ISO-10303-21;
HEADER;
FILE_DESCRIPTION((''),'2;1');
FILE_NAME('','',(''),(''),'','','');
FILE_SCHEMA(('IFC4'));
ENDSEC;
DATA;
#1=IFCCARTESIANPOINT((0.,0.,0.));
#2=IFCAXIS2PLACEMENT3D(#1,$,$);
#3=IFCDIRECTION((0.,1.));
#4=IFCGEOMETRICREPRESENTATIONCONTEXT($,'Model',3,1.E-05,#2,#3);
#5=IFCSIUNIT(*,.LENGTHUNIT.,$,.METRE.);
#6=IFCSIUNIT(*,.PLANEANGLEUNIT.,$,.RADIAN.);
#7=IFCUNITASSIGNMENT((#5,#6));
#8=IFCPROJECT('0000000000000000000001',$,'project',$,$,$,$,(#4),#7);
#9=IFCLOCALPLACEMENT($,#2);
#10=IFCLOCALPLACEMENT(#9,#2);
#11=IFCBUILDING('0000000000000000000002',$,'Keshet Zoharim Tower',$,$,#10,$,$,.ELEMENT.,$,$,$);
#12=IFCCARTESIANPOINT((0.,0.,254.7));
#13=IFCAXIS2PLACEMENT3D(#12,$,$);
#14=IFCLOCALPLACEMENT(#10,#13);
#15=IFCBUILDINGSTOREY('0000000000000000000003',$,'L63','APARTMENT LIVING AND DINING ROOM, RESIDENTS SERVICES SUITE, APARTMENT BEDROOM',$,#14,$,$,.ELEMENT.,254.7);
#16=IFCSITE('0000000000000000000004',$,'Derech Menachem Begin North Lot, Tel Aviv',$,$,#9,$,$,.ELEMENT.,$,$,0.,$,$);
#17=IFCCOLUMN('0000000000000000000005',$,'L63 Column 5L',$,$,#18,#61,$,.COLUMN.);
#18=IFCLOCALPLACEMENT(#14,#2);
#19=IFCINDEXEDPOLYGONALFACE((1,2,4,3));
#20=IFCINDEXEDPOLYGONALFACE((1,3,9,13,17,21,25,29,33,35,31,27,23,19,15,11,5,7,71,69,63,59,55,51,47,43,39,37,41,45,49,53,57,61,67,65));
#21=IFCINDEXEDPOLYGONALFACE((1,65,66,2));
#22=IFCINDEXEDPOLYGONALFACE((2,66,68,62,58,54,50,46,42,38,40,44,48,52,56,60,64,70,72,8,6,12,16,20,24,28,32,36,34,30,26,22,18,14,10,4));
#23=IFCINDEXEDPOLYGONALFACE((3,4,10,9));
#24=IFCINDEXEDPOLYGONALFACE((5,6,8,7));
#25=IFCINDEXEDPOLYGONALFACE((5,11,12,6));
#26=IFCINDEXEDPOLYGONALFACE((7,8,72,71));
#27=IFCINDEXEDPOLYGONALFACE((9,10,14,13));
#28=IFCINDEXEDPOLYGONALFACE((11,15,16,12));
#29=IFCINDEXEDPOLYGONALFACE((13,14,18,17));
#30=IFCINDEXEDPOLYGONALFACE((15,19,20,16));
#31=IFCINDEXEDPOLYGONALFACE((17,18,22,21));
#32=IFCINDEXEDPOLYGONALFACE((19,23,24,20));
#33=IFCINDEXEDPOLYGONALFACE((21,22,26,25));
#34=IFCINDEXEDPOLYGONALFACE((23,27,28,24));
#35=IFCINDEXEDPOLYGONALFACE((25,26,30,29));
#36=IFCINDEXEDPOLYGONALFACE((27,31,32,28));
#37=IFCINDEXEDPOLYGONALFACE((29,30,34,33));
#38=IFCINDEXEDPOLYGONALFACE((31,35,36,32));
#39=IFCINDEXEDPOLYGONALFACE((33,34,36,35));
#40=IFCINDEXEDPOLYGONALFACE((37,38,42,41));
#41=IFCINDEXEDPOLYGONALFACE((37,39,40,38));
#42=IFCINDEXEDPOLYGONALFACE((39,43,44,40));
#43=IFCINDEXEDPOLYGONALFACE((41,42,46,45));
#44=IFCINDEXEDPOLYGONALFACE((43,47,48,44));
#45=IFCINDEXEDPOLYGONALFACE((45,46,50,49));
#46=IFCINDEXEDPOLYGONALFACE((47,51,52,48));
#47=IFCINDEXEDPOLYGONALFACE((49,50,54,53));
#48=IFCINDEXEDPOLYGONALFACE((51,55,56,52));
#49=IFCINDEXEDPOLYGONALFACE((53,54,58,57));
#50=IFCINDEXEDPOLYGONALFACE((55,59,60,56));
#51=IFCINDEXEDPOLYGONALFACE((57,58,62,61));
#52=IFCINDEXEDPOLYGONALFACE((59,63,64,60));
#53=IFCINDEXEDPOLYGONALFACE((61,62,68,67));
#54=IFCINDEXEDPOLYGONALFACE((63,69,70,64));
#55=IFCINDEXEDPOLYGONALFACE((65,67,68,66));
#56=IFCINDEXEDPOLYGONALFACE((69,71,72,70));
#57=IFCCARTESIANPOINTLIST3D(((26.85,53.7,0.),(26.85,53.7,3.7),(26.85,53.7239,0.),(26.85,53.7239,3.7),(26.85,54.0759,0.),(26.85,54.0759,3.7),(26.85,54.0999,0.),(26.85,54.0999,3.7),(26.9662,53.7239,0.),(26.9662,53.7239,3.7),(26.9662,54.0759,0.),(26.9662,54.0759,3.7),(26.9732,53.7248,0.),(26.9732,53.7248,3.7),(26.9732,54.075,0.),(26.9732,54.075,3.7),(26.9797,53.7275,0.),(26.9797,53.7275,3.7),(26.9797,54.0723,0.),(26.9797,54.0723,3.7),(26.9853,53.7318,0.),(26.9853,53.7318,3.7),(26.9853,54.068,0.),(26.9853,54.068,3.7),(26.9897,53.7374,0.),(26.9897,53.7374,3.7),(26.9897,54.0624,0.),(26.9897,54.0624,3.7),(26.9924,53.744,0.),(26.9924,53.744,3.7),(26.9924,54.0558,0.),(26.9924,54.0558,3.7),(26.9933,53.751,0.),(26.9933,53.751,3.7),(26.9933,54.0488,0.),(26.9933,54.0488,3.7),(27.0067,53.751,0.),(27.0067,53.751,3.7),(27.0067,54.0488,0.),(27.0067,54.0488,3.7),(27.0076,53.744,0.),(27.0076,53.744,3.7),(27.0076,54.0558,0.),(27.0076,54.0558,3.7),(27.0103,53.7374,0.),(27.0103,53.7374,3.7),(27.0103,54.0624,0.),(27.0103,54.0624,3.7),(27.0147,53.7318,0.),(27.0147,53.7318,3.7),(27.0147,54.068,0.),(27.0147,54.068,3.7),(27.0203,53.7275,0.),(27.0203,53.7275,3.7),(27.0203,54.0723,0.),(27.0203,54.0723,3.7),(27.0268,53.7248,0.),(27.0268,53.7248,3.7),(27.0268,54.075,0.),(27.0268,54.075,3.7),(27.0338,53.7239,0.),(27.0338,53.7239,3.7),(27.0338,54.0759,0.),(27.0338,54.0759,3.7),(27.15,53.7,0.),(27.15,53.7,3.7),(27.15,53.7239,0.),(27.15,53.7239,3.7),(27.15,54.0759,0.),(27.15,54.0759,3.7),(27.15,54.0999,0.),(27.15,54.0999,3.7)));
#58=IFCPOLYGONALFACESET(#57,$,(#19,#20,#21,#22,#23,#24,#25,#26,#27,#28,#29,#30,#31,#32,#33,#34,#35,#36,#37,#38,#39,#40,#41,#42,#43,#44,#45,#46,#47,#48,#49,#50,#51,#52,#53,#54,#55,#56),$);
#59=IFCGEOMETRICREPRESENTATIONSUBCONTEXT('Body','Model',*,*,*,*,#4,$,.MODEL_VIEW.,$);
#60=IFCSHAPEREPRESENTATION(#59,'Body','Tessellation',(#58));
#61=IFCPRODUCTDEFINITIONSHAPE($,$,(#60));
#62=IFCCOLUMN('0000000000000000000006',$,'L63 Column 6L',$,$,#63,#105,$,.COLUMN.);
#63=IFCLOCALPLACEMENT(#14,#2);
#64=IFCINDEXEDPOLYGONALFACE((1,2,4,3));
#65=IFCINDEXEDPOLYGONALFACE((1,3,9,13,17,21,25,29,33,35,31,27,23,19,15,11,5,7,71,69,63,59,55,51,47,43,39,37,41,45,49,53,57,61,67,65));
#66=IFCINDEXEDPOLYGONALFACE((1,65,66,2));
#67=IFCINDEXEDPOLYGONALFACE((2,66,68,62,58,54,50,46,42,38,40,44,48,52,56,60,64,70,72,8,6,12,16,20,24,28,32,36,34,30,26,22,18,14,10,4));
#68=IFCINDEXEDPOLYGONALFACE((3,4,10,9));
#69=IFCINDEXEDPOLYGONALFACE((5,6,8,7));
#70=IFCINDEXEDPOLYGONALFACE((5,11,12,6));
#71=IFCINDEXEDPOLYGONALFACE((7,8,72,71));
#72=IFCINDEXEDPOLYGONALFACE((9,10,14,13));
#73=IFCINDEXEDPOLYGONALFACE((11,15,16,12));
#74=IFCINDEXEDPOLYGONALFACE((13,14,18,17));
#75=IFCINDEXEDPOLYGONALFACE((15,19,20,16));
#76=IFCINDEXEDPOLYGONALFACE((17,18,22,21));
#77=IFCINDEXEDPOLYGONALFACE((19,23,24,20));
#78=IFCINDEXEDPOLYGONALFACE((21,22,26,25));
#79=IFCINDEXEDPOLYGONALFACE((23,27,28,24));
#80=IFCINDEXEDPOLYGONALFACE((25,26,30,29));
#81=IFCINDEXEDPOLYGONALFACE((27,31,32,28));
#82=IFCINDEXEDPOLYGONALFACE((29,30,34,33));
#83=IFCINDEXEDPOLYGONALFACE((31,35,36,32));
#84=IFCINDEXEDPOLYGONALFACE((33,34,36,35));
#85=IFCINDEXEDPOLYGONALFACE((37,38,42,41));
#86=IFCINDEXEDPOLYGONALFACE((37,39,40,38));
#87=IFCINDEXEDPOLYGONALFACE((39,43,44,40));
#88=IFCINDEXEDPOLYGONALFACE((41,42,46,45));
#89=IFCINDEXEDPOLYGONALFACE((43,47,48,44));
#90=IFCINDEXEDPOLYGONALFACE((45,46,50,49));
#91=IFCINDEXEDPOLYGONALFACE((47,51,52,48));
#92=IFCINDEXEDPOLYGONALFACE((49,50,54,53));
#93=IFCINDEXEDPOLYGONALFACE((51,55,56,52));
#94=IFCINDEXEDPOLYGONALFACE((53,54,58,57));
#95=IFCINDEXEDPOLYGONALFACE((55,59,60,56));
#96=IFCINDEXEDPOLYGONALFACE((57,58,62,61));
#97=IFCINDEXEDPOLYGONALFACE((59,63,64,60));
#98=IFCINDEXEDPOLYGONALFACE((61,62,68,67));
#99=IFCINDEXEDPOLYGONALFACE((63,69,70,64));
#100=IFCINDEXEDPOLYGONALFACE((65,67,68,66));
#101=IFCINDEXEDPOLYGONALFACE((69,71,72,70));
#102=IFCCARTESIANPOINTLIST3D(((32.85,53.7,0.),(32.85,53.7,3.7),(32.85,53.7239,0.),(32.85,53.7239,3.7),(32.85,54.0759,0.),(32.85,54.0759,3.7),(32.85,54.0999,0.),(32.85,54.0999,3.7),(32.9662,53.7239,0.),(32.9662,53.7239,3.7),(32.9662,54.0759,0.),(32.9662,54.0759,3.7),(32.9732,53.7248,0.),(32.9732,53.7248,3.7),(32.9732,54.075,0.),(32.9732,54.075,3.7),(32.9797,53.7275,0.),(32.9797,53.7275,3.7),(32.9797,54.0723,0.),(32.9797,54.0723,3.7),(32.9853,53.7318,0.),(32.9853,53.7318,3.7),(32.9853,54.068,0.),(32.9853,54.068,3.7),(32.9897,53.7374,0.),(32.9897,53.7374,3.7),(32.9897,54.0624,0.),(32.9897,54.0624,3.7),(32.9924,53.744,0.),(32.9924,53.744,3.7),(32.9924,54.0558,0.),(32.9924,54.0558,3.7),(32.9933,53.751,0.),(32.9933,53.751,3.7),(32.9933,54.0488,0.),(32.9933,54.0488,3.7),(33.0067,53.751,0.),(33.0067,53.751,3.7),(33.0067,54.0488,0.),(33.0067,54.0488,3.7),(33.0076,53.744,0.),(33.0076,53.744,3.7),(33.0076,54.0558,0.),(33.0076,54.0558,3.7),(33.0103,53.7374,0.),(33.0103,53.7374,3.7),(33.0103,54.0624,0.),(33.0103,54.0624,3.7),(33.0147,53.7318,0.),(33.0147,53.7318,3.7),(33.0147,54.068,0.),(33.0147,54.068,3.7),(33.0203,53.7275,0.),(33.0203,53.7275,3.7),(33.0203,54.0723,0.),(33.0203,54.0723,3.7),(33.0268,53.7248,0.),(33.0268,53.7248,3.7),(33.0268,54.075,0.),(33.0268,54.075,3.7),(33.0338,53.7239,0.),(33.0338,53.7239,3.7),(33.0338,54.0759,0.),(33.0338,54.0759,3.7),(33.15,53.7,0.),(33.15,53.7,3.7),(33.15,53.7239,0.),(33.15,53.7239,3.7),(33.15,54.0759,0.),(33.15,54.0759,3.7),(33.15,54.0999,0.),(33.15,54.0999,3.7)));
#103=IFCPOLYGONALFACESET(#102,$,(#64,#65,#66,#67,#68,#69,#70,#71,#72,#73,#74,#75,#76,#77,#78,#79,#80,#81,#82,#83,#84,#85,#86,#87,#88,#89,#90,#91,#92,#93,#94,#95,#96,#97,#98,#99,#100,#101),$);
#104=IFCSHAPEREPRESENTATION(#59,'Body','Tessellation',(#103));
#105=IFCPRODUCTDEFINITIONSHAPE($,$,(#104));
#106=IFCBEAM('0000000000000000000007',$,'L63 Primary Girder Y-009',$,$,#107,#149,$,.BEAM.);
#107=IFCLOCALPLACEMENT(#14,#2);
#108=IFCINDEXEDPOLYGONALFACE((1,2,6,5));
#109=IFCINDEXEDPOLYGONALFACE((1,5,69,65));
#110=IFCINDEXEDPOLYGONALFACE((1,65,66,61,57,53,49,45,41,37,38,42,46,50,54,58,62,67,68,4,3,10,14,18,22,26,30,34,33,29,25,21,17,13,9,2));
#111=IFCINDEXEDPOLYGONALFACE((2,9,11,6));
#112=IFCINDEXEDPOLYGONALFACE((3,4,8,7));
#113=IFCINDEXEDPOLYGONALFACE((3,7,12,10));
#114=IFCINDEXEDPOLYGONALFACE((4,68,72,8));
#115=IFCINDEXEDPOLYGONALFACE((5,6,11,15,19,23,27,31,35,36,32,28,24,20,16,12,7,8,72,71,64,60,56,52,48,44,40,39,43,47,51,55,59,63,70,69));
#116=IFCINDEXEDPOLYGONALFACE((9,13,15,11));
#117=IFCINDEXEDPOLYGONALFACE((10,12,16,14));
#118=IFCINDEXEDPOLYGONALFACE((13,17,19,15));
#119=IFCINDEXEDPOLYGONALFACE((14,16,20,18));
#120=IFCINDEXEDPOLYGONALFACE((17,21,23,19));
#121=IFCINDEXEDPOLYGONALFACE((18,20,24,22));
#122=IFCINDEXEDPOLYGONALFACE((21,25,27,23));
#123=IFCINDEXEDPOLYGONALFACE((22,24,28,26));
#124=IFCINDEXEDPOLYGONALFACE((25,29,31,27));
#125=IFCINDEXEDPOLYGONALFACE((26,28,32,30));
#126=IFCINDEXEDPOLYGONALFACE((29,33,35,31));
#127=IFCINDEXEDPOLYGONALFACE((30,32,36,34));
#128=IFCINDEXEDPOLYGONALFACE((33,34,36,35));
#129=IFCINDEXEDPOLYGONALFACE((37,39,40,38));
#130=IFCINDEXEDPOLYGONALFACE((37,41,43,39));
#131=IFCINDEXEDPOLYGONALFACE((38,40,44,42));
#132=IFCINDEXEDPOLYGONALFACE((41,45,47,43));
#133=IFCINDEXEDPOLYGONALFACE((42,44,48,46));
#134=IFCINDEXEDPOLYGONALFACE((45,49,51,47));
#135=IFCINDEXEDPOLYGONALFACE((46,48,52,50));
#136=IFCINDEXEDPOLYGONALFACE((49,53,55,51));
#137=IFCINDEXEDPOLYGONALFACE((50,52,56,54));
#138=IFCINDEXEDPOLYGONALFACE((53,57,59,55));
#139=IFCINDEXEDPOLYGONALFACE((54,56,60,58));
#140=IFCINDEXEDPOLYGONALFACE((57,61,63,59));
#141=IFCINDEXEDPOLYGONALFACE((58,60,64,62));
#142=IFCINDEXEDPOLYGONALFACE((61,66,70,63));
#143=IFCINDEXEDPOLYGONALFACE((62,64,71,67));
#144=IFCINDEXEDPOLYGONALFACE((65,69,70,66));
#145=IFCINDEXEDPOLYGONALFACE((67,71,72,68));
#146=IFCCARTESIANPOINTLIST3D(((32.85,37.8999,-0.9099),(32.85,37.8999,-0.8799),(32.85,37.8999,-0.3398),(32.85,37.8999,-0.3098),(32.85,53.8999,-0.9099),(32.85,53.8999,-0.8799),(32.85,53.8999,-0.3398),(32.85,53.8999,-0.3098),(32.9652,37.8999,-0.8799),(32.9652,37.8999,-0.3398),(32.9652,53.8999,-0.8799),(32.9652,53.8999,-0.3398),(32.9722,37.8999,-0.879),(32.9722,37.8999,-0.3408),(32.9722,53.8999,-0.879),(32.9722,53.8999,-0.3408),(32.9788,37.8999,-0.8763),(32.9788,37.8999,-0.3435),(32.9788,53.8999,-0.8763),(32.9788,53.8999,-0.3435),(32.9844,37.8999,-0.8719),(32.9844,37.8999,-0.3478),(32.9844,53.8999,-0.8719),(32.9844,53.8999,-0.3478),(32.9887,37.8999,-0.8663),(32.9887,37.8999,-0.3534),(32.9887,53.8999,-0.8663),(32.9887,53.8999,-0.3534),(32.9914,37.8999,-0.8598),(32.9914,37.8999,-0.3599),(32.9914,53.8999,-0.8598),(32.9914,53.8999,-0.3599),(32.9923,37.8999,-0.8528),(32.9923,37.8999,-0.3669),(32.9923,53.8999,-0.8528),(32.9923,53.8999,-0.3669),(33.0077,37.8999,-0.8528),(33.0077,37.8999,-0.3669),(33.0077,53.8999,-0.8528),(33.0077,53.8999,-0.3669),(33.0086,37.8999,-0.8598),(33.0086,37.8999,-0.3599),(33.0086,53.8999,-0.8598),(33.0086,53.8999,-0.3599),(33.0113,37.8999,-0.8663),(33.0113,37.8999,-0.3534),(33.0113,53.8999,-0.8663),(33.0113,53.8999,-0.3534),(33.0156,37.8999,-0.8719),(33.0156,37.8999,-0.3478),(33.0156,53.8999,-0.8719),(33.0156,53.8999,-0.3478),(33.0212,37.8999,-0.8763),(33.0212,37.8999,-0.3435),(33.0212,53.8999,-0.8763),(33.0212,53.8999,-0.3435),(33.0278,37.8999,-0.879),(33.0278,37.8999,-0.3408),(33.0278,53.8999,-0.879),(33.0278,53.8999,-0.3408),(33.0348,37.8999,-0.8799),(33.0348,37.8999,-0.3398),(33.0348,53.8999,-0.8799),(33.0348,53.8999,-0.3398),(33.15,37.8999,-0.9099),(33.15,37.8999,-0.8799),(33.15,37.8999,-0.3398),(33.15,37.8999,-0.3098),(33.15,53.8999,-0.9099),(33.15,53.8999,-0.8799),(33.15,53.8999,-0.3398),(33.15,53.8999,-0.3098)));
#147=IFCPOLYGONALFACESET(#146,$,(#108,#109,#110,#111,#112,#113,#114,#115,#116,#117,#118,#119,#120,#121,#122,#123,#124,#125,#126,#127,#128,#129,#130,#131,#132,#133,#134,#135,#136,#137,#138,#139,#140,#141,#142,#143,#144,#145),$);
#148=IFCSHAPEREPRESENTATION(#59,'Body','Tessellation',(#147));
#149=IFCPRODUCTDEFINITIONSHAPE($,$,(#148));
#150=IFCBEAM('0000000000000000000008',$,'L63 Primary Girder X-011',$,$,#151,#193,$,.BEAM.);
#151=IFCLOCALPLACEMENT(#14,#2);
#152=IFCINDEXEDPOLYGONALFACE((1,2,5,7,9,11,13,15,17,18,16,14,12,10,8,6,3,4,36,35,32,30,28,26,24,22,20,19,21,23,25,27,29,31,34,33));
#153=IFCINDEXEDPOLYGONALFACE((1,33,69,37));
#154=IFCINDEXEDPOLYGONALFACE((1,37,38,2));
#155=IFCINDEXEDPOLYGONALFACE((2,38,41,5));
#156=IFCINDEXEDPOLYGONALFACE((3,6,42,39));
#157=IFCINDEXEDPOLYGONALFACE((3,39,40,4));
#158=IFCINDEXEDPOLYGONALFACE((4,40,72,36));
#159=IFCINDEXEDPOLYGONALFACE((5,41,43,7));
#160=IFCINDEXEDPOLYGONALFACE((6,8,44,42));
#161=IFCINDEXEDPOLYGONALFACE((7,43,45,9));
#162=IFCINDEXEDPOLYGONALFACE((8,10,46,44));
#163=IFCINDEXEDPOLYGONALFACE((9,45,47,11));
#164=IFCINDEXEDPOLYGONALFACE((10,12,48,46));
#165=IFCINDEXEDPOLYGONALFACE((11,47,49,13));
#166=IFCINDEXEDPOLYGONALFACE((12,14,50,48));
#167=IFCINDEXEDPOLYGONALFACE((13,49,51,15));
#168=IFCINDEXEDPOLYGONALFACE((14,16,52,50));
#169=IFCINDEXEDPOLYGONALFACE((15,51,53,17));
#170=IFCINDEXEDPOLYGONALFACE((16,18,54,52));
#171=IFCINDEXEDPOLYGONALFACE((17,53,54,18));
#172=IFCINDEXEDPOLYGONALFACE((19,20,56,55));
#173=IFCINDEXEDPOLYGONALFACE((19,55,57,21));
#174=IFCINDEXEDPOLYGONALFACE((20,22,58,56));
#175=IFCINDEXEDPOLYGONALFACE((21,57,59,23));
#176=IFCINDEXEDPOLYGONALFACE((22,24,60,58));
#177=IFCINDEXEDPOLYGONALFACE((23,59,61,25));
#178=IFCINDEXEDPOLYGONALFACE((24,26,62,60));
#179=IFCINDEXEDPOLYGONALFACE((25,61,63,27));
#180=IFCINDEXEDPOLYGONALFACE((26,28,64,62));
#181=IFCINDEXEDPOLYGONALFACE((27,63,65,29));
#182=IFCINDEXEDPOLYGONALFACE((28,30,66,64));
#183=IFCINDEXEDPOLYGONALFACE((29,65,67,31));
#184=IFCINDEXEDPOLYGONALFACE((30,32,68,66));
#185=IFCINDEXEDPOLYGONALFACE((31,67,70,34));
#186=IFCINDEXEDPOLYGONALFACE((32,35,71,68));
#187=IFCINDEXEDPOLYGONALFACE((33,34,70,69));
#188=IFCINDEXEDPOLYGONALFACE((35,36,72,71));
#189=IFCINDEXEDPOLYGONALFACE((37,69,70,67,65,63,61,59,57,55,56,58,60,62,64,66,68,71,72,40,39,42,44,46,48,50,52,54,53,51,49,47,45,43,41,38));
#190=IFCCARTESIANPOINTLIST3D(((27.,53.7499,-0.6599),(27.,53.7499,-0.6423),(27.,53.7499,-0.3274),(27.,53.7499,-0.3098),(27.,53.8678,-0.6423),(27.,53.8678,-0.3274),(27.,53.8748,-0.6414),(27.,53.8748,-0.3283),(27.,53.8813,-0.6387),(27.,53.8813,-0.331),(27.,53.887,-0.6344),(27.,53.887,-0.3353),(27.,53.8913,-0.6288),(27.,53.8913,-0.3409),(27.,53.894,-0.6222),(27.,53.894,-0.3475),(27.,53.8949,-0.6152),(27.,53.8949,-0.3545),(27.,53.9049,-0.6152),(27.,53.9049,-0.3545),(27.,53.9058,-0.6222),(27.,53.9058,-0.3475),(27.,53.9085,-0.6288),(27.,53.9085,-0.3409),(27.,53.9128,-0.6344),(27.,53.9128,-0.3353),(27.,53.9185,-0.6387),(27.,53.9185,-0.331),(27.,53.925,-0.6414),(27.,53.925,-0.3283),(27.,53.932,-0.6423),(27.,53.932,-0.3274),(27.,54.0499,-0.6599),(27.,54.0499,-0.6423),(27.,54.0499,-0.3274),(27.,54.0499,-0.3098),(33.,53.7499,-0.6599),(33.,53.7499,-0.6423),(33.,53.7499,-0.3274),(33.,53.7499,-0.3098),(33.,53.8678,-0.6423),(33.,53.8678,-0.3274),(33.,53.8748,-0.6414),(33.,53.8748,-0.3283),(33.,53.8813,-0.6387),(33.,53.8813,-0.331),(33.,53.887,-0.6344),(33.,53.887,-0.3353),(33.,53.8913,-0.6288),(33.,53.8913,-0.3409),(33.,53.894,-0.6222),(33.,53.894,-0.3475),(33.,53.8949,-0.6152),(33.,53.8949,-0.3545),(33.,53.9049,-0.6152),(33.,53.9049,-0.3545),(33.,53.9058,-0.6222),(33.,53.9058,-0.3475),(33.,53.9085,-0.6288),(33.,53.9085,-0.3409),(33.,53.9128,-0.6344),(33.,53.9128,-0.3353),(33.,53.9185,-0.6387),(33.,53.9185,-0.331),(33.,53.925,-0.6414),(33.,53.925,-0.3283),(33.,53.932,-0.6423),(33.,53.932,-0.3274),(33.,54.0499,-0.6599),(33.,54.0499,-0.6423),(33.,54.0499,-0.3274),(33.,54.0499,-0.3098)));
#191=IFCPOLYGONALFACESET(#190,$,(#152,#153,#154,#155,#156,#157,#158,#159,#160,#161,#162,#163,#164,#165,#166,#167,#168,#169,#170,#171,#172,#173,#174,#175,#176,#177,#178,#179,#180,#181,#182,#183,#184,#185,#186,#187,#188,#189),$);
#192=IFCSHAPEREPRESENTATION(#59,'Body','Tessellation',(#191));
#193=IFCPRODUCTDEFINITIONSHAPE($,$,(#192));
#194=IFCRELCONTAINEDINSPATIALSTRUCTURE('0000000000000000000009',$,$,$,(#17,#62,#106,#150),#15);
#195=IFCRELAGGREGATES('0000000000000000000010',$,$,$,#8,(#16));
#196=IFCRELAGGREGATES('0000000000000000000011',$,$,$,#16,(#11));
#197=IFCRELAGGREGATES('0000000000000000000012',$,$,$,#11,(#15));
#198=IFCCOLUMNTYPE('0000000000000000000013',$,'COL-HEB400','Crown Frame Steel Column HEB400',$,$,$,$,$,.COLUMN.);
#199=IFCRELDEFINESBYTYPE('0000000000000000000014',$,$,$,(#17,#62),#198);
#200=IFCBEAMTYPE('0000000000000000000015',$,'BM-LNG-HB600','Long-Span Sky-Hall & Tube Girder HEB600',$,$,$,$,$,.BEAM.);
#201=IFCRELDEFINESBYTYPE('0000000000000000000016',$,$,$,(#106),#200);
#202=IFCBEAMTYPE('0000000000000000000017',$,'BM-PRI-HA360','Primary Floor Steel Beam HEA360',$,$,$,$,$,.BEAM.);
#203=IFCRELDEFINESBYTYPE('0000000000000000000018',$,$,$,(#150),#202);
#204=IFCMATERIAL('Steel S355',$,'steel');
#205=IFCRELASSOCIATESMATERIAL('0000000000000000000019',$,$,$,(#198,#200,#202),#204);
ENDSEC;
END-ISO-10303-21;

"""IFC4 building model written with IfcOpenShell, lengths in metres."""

from ifc_helpers import new_model, si_unit, direction, frame, origin, origin_2d, place, context, subcontext, project, spatial, i_section, extrude, material, material_profile, profile_set, type_object, element, save


model = new_model("IFC4")

# Units and contexts
model_context = context("Model", 3, precision=1e-05, world=origin(), true_north=direction((0.0, 1.0)))
body_context = subcontext(model_context, "Body", "Model", "MODEL_VIEW")
ifc_project = project(units=[si_unit("LENGTHUNIT", "METRE"), si_unit("PLANEANGLEUNIT", "RADIAN")], contexts=[model_context])

# Site, building, storey
site_placement = place(None, origin())
site = spatial("IfcSite", under=ifc_project, at=site_placement, Name="Derech Menachem Begin North Lot, Tel Aviv", CompositionType="ELEMENT", RefElevation=0.0)
building_placement = place(site_placement, origin())
building = spatial("IfcBuilding", under=site, at=building_placement, Name="Keshet Zoharim Tower", CompositionType="ELEMENT")
storey_placement = place(building_placement, frame((0.0, 0.0, 254.7)))
storey = spatial("IfcBuildingStorey", under=building, at=storey_placement, Name="L63", Description="APARTMENT LIVING AND DINING ROOM, RESIDENTS SERVICES SUITE, APARTMENT BEDROOM", CompositionType="ELEMENT", Elevation=254.7)

# Columns
ifc_material_1 = material(Name="Steel S355", Category="steel")
ifc_material_profile_1 = material_profile(ifc_material_1, i_section(OverallWidth=0.3, OverallDepth=0.3999, WebThickness=0.0134, FlangeThickness=0.0239, FilletRadius=0.0271, at=origin_2d()), Name="HEB400")
ifc_profile_set_1 = profile_set([ifc_material_profile_1], Name="Steel S355")
column_type = type_object("IfcColumnType", Name="COL-HEB400", Description="Crown Frame Steel Column HEB400", PredefinedType="COLUMN", material=ifc_profile_set_1)
for number, where, z_axis, x_axis, name in (
    (1, (27.0, 53.8999, 0.0), (0.0, 0.0, 1.0), (1.0, 0.0, 0.0), "L63 Column 5L"),
    (2, (33.0, 53.8999, 0.0), (0.0, 0.0, 1.0), (1.0, 0.0, 0.0), "L63 Column 6L"),
):
    element("IfcColumn", number, at=place(storey_placement, frame(where, z_axis=z_axis, x_axis=x_axis)), inside=storey, type_object=column_type, Name=name, PredefinedType="COLUMN", context=body_context, shape_type="SweptSolid", body=[
        extrude(i_section(OverallWidth=0.3, OverallDepth=0.3999, WebThickness=0.0134, FlangeThickness=0.0239, FilletRadius=0.0271, at=origin_2d()), origin(), (0.0, 0.0, 1.0), 3.7),
    ])

# Beams
ifc_material_profile_2 = material_profile(ifc_material_1, i_section(OverallWidth=0.3, OverallDepth=0.6001, WebThickness=0.0154, FlangeThickness=0.03, FilletRadius=0.0271, at=origin_2d()), Name="HEB600")
ifc_profile_set_2 = profile_set([ifc_material_profile_2], Name="Steel S355")
beam_type_1 = type_object("IfcBeamType", Name="BM-LNG-HB600", Description="Long-Span Sky-Hall & Tube Girder HEB600", PredefinedType="BEAM", material=ifc_profile_set_2)
beam_1_placement = place(storey_placement, frame((33.0, 37.8999, -0.6099), z_axis=(0.0, 1.0, 0.0), x_axis=(-1.0, 0.0, 0.0)))
element("IfcBeam", 3, at=beam_1_placement, inside=storey, type_object=beam_type_1, Name="L63 Primary Girder Y-009", PredefinedType="BEAM", context=body_context, shape_type="SweptSolid", body=[
    extrude(i_section(OverallWidth=0.3, OverallDepth=0.6001, WebThickness=0.0154, FlangeThickness=0.03, FilletRadius=0.0271, at=origin_2d()), origin(), (0.0, 0.0, 1.0), 16.0),
])
ifc_material_profile_3 = material_profile(ifc_material_1, i_section(OverallWidth=0.3, OverallDepth=0.3501, WebThickness=0.01, FlangeThickness=0.0176, FilletRadius=0.0271, at=origin_2d()), Name="HEA360")
ifc_profile_set_3 = profile_set([ifc_material_profile_3], Name="Steel S355")
beam_type_2 = type_object("IfcBeamType", Name="BM-PRI-HA360", Description="Primary Floor Steel Beam HEA360", PredefinedType="BEAM", material=ifc_profile_set_3)
beam_2_placement = place(storey_placement, frame((27.0, 53.8999, -0.4849), z_axis=(1.0, 0.0, 0.0), x_axis=(0.0, 1.0, 0.0)))
element("IfcBeam", 4, at=beam_2_placement, inside=storey, type_object=beam_type_2, Name="L63 Primary Girder X-011", PredefinedType="BEAM", context=body_context, shape_type="SweptSolid", body=[
    extrude(i_section(OverallWidth=0.3, OverallDepth=0.3501, WebThickness=0.01, FlangeThickness=0.0176, FilletRadius=0.0271, at=origin_2d()), origin(), (0.0, 0.0, 1.0), 6.0),
])

save(model, "model.ifc")
